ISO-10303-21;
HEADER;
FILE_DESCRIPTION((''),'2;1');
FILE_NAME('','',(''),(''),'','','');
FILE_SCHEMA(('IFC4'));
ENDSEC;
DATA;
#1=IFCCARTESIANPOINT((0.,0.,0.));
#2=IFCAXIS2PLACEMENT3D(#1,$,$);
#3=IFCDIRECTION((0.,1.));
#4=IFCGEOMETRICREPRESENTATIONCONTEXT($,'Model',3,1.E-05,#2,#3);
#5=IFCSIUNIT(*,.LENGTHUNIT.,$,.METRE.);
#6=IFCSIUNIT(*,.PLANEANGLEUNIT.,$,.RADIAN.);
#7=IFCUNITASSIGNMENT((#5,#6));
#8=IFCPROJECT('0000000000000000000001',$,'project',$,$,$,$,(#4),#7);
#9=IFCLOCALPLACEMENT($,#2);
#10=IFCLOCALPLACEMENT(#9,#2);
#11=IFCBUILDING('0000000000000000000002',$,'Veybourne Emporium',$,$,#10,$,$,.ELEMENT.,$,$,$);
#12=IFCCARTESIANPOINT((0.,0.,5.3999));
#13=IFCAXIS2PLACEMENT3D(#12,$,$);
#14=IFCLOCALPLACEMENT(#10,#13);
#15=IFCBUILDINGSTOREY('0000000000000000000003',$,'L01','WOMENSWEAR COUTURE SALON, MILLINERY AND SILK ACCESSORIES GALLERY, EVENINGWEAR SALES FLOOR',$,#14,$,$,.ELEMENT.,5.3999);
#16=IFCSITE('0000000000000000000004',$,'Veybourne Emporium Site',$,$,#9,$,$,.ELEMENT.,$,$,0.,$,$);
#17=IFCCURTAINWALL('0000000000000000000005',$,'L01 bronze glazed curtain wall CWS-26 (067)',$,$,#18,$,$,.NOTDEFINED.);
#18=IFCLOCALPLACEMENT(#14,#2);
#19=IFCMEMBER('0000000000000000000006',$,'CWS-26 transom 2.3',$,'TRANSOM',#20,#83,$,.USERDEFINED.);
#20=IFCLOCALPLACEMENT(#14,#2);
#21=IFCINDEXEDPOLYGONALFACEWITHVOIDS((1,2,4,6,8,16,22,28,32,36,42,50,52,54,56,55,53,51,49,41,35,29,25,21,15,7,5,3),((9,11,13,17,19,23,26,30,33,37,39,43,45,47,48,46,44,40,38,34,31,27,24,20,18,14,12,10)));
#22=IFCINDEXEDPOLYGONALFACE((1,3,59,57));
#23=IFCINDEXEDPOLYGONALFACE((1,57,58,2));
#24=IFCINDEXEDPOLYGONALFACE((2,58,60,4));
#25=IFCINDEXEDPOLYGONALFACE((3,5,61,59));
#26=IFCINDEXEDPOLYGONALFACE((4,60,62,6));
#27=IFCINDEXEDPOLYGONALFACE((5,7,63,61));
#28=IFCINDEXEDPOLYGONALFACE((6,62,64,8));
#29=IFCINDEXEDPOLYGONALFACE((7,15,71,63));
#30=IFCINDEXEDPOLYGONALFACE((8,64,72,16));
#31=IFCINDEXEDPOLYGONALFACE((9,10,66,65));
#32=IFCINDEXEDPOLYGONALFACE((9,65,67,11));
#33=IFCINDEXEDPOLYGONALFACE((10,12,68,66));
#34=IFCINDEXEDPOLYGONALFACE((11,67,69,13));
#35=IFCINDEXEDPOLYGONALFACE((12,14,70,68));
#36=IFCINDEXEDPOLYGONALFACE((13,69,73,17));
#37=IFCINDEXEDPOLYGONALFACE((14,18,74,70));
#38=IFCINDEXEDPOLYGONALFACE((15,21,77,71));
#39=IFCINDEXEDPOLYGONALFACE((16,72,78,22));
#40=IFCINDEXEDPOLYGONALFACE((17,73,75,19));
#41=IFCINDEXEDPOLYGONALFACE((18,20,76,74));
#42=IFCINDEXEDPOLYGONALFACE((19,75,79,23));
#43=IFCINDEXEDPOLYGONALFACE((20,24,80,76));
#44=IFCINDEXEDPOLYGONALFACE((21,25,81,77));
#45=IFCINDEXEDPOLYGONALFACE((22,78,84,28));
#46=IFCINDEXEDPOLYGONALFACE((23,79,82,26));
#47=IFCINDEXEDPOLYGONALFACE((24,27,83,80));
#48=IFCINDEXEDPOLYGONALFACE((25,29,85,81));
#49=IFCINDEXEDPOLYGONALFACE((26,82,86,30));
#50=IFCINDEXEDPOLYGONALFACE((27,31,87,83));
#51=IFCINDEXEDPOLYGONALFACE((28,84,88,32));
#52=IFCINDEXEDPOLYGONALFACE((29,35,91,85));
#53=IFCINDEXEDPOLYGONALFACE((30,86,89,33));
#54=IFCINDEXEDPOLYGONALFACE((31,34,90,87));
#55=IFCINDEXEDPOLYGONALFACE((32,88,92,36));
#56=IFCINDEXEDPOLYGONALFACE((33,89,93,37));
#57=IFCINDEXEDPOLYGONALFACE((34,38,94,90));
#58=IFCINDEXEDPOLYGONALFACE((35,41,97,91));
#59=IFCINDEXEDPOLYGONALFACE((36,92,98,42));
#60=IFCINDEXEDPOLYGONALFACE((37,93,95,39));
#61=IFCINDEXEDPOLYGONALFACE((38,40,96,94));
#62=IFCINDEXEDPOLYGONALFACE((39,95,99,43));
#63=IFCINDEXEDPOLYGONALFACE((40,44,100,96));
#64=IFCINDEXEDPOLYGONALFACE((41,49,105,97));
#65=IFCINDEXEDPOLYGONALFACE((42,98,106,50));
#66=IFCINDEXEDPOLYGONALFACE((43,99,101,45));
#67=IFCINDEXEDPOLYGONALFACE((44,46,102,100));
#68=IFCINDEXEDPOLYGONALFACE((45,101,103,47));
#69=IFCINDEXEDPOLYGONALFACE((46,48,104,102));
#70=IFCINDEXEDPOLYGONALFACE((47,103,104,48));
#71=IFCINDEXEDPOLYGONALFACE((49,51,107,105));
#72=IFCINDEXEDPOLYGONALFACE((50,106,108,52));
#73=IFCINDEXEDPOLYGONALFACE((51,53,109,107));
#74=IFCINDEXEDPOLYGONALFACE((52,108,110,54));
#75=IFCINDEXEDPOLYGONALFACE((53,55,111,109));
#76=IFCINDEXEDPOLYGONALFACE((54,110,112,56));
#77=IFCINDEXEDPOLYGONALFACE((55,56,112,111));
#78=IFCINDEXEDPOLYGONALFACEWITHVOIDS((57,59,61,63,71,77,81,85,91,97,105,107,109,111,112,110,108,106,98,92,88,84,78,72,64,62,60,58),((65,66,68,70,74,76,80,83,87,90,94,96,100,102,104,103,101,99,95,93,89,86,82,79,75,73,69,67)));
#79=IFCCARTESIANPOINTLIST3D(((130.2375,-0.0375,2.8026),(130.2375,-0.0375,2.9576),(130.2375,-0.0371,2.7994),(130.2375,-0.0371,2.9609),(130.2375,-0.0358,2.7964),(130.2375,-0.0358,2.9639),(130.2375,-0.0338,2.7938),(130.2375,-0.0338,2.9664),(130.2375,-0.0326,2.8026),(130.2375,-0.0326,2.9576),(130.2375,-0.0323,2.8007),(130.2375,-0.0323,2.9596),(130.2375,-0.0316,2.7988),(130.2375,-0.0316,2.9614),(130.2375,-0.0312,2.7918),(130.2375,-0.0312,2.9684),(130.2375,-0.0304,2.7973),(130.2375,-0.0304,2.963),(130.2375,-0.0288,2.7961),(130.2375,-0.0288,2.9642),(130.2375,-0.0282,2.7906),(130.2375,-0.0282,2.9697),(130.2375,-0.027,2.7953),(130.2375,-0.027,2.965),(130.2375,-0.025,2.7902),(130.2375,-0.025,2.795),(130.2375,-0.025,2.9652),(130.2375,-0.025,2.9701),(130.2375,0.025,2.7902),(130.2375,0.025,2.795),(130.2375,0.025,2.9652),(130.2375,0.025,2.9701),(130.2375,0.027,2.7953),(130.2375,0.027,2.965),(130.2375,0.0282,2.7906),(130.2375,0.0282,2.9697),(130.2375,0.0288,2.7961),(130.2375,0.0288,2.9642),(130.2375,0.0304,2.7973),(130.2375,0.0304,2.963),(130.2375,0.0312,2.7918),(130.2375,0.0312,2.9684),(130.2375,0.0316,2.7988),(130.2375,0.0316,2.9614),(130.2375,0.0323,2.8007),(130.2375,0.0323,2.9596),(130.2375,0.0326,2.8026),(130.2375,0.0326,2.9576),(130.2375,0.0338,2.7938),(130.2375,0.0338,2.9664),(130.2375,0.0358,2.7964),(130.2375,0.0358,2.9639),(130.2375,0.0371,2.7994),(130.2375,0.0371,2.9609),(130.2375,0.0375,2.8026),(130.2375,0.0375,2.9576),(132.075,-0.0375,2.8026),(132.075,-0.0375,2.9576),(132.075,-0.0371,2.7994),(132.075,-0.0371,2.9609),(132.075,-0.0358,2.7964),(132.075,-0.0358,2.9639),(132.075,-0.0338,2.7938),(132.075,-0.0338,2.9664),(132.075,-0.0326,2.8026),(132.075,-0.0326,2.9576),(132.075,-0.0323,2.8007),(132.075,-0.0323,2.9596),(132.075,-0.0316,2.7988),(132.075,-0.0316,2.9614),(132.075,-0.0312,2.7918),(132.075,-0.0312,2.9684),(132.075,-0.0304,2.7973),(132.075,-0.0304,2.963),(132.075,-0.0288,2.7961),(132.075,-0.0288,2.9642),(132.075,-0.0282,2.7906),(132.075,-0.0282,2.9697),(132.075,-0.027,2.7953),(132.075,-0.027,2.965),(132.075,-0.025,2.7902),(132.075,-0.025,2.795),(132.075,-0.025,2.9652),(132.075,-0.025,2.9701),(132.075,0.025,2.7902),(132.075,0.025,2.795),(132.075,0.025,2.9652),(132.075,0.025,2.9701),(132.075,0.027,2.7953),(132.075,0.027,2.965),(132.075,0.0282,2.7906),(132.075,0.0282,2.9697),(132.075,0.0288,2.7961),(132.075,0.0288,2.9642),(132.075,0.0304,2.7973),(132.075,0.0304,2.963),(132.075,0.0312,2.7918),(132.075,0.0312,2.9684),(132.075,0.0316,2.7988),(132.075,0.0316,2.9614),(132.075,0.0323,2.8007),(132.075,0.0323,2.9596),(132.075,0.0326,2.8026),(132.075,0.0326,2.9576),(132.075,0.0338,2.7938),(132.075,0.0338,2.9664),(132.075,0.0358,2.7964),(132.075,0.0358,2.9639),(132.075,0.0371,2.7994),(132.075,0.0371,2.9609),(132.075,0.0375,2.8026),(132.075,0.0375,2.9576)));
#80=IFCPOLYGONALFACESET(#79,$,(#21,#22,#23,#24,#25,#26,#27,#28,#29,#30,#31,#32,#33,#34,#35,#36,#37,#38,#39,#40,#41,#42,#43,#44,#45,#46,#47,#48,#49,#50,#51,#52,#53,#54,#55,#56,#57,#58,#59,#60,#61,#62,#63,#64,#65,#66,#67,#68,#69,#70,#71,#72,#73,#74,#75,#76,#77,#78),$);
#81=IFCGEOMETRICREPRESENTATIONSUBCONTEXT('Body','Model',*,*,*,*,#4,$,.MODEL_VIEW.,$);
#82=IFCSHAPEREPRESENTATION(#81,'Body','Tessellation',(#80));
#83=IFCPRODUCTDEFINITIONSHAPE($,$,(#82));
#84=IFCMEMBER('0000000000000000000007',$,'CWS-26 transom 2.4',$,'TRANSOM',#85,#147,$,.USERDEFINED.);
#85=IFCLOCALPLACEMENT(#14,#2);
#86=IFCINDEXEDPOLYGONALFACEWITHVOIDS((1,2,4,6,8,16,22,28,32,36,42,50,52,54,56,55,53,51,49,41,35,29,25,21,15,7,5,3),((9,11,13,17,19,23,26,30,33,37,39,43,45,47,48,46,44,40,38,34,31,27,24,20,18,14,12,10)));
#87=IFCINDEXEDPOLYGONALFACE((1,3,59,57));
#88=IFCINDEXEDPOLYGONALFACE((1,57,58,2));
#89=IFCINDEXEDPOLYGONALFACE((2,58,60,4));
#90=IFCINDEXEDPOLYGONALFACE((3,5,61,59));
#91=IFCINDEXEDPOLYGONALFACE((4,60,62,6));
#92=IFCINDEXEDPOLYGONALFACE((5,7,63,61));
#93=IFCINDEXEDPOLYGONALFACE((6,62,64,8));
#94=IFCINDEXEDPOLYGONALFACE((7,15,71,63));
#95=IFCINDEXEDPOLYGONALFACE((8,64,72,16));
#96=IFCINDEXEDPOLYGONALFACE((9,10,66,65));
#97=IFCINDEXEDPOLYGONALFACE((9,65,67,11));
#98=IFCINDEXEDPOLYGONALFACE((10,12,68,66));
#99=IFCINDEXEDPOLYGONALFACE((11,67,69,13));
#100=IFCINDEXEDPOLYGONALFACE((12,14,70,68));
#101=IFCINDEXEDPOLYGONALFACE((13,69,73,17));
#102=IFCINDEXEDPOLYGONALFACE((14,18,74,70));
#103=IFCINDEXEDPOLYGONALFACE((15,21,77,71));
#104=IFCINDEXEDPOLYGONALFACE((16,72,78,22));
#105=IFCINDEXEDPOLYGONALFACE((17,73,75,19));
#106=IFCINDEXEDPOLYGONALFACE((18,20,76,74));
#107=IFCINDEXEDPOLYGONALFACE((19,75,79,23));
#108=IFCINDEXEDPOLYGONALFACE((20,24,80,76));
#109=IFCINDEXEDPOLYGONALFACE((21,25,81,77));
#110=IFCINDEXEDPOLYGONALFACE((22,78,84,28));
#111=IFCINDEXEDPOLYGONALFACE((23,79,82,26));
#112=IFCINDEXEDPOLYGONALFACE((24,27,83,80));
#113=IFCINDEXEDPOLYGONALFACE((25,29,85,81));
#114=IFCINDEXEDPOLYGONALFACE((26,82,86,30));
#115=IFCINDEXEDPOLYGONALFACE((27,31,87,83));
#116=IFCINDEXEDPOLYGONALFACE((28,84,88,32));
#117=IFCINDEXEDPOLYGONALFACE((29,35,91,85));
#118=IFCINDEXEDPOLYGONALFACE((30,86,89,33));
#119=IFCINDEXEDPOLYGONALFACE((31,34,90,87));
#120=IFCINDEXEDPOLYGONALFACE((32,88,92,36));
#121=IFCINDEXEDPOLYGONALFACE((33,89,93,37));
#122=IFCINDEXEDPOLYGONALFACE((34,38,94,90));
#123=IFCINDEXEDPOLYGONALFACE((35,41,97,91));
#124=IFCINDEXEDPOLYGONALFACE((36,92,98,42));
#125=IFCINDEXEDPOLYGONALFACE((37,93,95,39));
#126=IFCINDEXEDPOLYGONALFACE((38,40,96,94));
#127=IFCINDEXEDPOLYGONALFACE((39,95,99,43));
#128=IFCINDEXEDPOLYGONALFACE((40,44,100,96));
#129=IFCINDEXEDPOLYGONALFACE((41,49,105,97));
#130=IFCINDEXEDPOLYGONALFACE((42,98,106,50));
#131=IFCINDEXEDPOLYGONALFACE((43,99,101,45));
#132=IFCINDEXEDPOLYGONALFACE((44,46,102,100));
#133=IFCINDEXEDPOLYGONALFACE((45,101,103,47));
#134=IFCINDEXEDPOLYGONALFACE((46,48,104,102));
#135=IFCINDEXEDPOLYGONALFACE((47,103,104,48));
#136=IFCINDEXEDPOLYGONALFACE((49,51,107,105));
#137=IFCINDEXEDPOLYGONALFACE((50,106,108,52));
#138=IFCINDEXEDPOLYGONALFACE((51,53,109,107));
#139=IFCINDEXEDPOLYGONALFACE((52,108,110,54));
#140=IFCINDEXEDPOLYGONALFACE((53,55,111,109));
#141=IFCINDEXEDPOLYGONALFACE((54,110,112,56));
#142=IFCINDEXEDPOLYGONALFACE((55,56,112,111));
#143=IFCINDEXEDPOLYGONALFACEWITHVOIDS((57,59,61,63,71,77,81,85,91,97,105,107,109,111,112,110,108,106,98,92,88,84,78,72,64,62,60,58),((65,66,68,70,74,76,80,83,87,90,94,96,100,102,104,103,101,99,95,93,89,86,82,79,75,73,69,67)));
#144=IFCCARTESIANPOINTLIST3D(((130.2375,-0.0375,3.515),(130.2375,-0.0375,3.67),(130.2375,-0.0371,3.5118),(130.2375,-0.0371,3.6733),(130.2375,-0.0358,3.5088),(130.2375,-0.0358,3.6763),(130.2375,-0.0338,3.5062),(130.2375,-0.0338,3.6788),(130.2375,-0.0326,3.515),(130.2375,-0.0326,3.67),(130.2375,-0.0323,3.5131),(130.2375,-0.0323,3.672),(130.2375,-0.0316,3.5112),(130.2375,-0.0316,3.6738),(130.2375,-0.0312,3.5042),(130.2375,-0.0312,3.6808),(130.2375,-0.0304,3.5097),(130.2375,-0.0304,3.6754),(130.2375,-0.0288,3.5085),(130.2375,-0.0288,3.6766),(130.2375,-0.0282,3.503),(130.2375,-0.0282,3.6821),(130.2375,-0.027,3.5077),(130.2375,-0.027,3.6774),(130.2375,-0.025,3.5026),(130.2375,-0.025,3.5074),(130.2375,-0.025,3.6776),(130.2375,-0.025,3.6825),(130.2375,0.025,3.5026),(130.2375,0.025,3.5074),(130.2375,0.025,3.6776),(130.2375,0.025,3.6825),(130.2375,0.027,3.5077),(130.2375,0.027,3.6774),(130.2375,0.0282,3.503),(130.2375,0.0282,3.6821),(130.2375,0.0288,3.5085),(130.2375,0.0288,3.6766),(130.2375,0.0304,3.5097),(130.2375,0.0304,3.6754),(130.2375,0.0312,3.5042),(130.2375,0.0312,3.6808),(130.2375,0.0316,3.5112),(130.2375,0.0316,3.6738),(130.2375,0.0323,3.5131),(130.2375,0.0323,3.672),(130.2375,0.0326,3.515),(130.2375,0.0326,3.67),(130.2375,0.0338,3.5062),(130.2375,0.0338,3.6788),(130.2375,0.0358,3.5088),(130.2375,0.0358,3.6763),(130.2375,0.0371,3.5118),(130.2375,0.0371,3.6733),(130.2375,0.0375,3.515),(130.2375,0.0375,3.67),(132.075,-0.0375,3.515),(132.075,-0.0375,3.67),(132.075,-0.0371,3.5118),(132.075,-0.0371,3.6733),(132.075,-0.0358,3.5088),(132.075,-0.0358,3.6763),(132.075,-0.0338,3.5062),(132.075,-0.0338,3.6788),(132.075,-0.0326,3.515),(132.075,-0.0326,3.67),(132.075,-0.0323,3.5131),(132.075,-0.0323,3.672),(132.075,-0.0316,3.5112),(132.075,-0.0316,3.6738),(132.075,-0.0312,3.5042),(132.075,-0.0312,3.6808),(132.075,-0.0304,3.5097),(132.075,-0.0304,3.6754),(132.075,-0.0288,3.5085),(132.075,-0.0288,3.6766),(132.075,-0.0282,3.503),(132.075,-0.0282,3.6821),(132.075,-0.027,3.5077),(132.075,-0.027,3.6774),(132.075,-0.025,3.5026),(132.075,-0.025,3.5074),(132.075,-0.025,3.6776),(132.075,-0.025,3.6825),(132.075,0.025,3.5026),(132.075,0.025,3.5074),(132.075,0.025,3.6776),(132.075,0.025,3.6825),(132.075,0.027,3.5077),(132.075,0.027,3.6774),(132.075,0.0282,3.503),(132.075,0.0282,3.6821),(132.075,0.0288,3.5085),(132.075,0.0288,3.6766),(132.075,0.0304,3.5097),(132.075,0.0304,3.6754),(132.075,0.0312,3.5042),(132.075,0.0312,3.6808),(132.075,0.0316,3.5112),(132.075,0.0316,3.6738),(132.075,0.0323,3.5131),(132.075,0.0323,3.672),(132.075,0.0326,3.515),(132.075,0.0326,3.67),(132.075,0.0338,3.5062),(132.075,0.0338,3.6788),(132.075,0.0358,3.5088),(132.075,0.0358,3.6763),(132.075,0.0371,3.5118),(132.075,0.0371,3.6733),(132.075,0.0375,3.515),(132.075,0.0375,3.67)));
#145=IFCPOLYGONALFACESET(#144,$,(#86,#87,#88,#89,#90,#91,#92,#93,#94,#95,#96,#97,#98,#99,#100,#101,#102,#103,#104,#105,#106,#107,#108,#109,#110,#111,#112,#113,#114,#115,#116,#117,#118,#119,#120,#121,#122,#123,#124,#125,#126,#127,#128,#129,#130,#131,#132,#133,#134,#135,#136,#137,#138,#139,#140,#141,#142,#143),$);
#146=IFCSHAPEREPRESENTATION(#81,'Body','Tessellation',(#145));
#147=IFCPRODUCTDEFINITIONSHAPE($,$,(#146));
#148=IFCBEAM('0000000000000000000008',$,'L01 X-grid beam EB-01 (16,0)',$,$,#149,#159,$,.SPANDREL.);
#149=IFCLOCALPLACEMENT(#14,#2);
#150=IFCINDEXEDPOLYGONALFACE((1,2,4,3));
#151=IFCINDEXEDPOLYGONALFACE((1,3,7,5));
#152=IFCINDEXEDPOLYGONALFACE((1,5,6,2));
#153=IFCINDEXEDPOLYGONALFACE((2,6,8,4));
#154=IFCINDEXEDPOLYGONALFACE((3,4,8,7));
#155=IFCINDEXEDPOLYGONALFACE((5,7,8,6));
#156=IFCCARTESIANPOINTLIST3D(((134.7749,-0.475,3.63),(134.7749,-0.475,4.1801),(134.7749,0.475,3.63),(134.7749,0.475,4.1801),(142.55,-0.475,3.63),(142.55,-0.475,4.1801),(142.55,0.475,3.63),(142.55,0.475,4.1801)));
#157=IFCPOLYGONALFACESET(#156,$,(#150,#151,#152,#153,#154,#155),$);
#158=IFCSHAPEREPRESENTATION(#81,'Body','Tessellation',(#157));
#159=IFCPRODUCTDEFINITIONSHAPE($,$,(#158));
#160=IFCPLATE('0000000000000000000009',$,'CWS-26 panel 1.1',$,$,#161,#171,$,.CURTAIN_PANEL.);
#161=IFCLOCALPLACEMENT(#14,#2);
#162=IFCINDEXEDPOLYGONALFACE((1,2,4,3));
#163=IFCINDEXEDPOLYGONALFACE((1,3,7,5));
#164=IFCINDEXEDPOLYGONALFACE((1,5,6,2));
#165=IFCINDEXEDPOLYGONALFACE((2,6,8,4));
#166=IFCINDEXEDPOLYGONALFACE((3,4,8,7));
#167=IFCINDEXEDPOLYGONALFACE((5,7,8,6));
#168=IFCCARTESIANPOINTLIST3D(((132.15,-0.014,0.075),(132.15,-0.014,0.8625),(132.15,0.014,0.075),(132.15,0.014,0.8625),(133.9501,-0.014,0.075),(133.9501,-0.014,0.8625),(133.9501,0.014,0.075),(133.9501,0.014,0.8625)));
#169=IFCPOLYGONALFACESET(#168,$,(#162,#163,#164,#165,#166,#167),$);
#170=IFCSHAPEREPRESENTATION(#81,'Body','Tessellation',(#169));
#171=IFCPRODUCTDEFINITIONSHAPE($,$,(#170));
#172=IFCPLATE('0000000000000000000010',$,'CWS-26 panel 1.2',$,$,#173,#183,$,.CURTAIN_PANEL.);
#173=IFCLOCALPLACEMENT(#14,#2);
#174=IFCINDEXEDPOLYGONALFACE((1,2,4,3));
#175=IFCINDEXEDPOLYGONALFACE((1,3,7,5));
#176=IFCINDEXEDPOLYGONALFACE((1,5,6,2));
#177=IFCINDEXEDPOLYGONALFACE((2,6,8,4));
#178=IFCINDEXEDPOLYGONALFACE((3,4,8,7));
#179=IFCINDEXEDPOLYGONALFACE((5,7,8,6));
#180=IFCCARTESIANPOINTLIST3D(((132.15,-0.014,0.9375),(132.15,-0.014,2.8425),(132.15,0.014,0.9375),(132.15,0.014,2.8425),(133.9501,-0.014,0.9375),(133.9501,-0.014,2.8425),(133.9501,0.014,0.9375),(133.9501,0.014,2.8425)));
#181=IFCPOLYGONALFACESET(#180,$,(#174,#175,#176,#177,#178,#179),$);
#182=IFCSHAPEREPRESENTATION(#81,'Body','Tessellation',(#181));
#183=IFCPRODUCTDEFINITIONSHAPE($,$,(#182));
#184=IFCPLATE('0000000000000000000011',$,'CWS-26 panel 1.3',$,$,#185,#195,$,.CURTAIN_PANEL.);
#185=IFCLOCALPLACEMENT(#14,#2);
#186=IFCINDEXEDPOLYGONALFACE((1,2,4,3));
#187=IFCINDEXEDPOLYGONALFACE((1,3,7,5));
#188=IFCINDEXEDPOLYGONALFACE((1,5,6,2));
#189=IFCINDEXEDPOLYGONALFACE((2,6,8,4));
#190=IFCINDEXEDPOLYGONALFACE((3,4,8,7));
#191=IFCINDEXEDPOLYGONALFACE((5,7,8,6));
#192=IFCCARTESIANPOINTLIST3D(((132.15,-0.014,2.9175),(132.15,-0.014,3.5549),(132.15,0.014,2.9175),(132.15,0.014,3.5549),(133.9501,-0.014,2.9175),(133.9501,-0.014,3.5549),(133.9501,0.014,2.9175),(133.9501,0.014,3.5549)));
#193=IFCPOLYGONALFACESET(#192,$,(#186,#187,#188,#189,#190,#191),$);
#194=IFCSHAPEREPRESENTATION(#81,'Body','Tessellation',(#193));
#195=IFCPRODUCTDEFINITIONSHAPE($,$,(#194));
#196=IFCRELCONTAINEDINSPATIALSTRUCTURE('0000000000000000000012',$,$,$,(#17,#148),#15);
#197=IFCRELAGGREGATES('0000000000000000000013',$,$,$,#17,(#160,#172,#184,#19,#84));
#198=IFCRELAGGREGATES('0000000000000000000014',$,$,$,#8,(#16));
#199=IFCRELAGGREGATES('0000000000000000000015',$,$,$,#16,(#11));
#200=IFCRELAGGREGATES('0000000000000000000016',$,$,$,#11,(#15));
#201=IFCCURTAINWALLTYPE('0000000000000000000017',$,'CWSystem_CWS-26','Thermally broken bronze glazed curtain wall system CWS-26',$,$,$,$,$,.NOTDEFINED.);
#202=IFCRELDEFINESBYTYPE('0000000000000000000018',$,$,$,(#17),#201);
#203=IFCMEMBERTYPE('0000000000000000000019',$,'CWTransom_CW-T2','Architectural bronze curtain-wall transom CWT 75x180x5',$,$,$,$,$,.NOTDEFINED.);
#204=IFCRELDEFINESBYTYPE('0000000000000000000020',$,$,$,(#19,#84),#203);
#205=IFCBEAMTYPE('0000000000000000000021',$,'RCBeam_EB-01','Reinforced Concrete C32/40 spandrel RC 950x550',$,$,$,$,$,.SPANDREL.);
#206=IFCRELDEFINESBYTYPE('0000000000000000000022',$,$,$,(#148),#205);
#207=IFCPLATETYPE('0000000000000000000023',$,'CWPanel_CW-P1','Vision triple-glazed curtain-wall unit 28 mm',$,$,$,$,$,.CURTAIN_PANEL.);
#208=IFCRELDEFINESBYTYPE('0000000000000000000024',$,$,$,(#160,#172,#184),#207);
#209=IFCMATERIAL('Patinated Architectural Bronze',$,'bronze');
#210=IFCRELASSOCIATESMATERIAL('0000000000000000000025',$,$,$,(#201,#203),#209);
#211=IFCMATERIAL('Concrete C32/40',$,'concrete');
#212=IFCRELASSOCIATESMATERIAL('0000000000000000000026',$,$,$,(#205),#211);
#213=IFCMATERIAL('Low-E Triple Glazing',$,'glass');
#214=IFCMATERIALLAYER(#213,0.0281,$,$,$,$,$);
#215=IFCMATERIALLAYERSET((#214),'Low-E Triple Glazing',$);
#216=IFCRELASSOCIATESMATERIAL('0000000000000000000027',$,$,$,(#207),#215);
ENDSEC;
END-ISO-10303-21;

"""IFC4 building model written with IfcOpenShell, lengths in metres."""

from ifc_helpers import new_model, si_unit, direction, frame, origin, origin_2d, place, context, subcontext, project, spatial, rectangle, hollow_rectangle, extrude, material, layer, layer_set, material_profile, profile_set, type_object, element, aggregate, save


model = new_model("IFC4")

# Units and contexts
model_context = context("Model", 3, precision=1e-05, world=origin(), true_north=direction((0.0, 1.0)))
body_context = subcontext(model_context, "Body", "Model", "MODEL_VIEW")
ifc_project = project(units=[si_unit("LENGTHUNIT", "METRE"), si_unit("PLANEANGLEUNIT", "RADIAN")], contexts=[model_context])

# Site, building, storey
site_placement = place(None, origin())
site = spatial("IfcSite", under=ifc_project, at=site_placement, Name="Veybourne Emporium Site", CompositionType="ELEMENT", RefElevation=0.0)
building_placement = place(site_placement, origin())
building = spatial("IfcBuilding", under=site, at=building_placement, Name="Veybourne Emporium", CompositionType="ELEMENT")
storey_placement = place(building_placement, frame((0.0, 0.0, 5.3999)))
storey = spatial("IfcBuildingStorey", under=building, at=storey_placement, Name="L01", Description="WOMENSWEAR COUTURE SALON, MILLINERY AND SILK ACCESSORIES GALLERY, EVENINGWEAR SALES FLOOR", CompositionType="ELEMENT", Elevation=5.3999)

# Curtain wall, members
ifc_material_1 = material(Name="Patinated Architectural Bronze", Category="bronze")
curtain_wall_type = type_object("IfcCurtainWallType", Name="CWSystem_CWS-26", Description="Thermally broken bronze glazed curtain wall system CWS-26", PredefinedType="NOTDEFINED", material=ifc_material_1)
curtain_wall_placement = place(storey_placement, origin())
curtain_wall = element("IfcCurtainWall", 1, at=curtain_wall_placement, inside=storey, type_object=curtain_wall_type, Name="L01 bronze glazed curtain wall CWS-26 (067)", PredefinedType="NOTDEFINED")
ifc_material_profile_1 = material_profile(ifc_material_1, hollow_rectangle(XDim=0.075, YDim=0.1799, WallThickness=0.0049, InnerFilletRadius=0.0076, OuterFilletRadius=0.0125, at=origin_2d()), Name="CWT 75x180x5")
ifc_profile_set_1 = profile_set([ifc_material_profile_1], Name="Patinated Architectural Bronze")
member_type_1 = type_object("IfcMemberType", Name="CWTransom_CW-T2", Description="Architectural bronze curtain-wall transom CWT 75x180x5", PredefinedType="NOTDEFINED", material=ifc_profile_set_1)
member_1_placement = place(storey_placement, frame((132.075, 0.0, 2.8801), z_axis=(-1.0, 0.0, 0.0), x_axis=(0.0, -1.0, 0.0)))
member_1 = element("IfcMember", 2, at=member_1_placement, type_object=member_type_1, Name="CWS-26 transom 2.3", ObjectType="TRANSOM", PredefinedType="USERDEFINED", context=body_context, shape_type="SweptSolid", body=[
    extrude(hollow_rectangle(XDim=0.075, YDim=0.1799, WallThickness=0.0049, InnerFilletRadius=0.0076, OuterFilletRadius=0.0125, at=origin_2d()), origin(), (0.0, 0.0, 1.0), 1.8374),
])
member_2_placement = place(storey_placement, frame((132.075, 0.0, 3.5925), z_axis=(-1.0, 0.0, 0.0), x_axis=(0.0, -1.0, 0.0)))
member_2 = element("IfcMember", 3, at=member_2_placement, type_object=member_type_1, Name="CWS-26 transom 2.4", ObjectType="TRANSOM", PredefinedType="USERDEFINED", context=body_context, shape_type="SweptSolid", body=[
    extrude(hollow_rectangle(XDim=0.075, YDim=0.1799, WallThickness=0.0049, InnerFilletRadius=0.0076, OuterFilletRadius=0.0125, at=origin_2d()), origin(), (0.0, 0.0, 1.0), 1.8374),
])

# Beam
ifc_material_2 = material(Name="Concrete C32/40", Category="concrete")
ifc_material_profile_2 = material_profile(ifc_material_2, rectangle(XDim=0.95, YDim=0.55, at=origin_2d()), Name="RC 950x550")
ifc_profile_set_2 = profile_set([ifc_material_profile_2], Name="Concrete C32/40")
beam_type = type_object("IfcBeamType", Name="RCBeam_EB-01", Description="Reinforced Concrete C32/40 spandrel RC 950x550", PredefinedType="SPANDREL", material=ifc_profile_set_2)
beam_placement = place(storey_placement, frame((134.7749, 0.0, 3.905), z_axis=(1.0, 0.0, 0.0), x_axis=(0.0, 1.0, 0.0)))
element("IfcBeam", 4, at=beam_placement, inside=storey, type_object=beam_type, Name="L01 X-grid beam EB-01 (16,0)", PredefinedType="SPANDREL", context=body_context, shape_type="SweptSolid", body=[
    extrude(rectangle(XDim=0.95, YDim=0.55, at=origin_2d()), origin(), (0.0, 0.0, 1.0), 7.7751),
])

# Plates
ifc_material_3 = material(Name="Low-E Triple Glazing", Category="glass")
ifc_layer_1 = layer(ifc_material_3, 0.0281)
ifc_layer_set_1 = layer_set([ifc_layer_1], Name="Low-E Triple Glazing")
plate_type = type_object("IfcPlateType", Name="CWPanel_CW-P1", Description="Vision triple-glazed curtain-wall unit 28 mm", PredefinedType="CURTAIN_PANEL", material=ifc_layer_set_1)
plate_1_placement = place(storey_placement, frame((133.05, 0.0, 0.075), z_axis=(0.0, 0.0, 1.0), x_axis=(-1.0, 0.0, 0.0)))
plate_1 = element("IfcPlate", 5, at=plate_1_placement, type_object=plate_type, Name="CWS-26 panel 1.1", PredefinedType="CURTAIN_PANEL", context=body_context, shape_type="SweptSolid", body=[
    extrude(rectangle(XDim=1.8, YDim=0.0281, at=origin_2d()), origin(), (0.0, 0.0, 1.0), 0.7876),
])
plate_2_placement = place(storey_placement, frame((133.05, 0.0, 0.9375), z_axis=(0.0, 0.0, 1.0), x_axis=(-1.0, 0.0, 0.0)))
plate_2 = element("IfcPlate", 6, at=plate_2_placement, type_object=plate_type, Name="CWS-26 panel 1.2", PredefinedType="CURTAIN_PANEL", context=body_context, shape_type="SweptSolid", body=[
    extrude(rectangle(XDim=1.8, YDim=0.0281, at=origin_2d()), origin(), (0.0, 0.0, 1.0), 1.905),
])
plate_3_placement = place(storey_placement, frame((133.05, 0.0, 2.9175), z_axis=(0.0, 0.0, 1.0), x_axis=(-1.0, 0.0, 0.0)))
plate_3 = element("IfcPlate", 7, at=plate_3_placement, type_object=plate_type, Name="CWS-26 panel 1.3", PredefinedType="CURTAIN_PANEL", context=body_context, shape_type="SweptSolid", body=[
    extrude(rectangle(XDim=1.8, YDim=0.0281, at=origin_2d()), origin(), (0.0, 0.0, 1.0), 0.6375),
])
aggregate(curtain_wall, [plate_1, plate_2, plate_3, member_1, member_2])

save(model, "model.ifc")
